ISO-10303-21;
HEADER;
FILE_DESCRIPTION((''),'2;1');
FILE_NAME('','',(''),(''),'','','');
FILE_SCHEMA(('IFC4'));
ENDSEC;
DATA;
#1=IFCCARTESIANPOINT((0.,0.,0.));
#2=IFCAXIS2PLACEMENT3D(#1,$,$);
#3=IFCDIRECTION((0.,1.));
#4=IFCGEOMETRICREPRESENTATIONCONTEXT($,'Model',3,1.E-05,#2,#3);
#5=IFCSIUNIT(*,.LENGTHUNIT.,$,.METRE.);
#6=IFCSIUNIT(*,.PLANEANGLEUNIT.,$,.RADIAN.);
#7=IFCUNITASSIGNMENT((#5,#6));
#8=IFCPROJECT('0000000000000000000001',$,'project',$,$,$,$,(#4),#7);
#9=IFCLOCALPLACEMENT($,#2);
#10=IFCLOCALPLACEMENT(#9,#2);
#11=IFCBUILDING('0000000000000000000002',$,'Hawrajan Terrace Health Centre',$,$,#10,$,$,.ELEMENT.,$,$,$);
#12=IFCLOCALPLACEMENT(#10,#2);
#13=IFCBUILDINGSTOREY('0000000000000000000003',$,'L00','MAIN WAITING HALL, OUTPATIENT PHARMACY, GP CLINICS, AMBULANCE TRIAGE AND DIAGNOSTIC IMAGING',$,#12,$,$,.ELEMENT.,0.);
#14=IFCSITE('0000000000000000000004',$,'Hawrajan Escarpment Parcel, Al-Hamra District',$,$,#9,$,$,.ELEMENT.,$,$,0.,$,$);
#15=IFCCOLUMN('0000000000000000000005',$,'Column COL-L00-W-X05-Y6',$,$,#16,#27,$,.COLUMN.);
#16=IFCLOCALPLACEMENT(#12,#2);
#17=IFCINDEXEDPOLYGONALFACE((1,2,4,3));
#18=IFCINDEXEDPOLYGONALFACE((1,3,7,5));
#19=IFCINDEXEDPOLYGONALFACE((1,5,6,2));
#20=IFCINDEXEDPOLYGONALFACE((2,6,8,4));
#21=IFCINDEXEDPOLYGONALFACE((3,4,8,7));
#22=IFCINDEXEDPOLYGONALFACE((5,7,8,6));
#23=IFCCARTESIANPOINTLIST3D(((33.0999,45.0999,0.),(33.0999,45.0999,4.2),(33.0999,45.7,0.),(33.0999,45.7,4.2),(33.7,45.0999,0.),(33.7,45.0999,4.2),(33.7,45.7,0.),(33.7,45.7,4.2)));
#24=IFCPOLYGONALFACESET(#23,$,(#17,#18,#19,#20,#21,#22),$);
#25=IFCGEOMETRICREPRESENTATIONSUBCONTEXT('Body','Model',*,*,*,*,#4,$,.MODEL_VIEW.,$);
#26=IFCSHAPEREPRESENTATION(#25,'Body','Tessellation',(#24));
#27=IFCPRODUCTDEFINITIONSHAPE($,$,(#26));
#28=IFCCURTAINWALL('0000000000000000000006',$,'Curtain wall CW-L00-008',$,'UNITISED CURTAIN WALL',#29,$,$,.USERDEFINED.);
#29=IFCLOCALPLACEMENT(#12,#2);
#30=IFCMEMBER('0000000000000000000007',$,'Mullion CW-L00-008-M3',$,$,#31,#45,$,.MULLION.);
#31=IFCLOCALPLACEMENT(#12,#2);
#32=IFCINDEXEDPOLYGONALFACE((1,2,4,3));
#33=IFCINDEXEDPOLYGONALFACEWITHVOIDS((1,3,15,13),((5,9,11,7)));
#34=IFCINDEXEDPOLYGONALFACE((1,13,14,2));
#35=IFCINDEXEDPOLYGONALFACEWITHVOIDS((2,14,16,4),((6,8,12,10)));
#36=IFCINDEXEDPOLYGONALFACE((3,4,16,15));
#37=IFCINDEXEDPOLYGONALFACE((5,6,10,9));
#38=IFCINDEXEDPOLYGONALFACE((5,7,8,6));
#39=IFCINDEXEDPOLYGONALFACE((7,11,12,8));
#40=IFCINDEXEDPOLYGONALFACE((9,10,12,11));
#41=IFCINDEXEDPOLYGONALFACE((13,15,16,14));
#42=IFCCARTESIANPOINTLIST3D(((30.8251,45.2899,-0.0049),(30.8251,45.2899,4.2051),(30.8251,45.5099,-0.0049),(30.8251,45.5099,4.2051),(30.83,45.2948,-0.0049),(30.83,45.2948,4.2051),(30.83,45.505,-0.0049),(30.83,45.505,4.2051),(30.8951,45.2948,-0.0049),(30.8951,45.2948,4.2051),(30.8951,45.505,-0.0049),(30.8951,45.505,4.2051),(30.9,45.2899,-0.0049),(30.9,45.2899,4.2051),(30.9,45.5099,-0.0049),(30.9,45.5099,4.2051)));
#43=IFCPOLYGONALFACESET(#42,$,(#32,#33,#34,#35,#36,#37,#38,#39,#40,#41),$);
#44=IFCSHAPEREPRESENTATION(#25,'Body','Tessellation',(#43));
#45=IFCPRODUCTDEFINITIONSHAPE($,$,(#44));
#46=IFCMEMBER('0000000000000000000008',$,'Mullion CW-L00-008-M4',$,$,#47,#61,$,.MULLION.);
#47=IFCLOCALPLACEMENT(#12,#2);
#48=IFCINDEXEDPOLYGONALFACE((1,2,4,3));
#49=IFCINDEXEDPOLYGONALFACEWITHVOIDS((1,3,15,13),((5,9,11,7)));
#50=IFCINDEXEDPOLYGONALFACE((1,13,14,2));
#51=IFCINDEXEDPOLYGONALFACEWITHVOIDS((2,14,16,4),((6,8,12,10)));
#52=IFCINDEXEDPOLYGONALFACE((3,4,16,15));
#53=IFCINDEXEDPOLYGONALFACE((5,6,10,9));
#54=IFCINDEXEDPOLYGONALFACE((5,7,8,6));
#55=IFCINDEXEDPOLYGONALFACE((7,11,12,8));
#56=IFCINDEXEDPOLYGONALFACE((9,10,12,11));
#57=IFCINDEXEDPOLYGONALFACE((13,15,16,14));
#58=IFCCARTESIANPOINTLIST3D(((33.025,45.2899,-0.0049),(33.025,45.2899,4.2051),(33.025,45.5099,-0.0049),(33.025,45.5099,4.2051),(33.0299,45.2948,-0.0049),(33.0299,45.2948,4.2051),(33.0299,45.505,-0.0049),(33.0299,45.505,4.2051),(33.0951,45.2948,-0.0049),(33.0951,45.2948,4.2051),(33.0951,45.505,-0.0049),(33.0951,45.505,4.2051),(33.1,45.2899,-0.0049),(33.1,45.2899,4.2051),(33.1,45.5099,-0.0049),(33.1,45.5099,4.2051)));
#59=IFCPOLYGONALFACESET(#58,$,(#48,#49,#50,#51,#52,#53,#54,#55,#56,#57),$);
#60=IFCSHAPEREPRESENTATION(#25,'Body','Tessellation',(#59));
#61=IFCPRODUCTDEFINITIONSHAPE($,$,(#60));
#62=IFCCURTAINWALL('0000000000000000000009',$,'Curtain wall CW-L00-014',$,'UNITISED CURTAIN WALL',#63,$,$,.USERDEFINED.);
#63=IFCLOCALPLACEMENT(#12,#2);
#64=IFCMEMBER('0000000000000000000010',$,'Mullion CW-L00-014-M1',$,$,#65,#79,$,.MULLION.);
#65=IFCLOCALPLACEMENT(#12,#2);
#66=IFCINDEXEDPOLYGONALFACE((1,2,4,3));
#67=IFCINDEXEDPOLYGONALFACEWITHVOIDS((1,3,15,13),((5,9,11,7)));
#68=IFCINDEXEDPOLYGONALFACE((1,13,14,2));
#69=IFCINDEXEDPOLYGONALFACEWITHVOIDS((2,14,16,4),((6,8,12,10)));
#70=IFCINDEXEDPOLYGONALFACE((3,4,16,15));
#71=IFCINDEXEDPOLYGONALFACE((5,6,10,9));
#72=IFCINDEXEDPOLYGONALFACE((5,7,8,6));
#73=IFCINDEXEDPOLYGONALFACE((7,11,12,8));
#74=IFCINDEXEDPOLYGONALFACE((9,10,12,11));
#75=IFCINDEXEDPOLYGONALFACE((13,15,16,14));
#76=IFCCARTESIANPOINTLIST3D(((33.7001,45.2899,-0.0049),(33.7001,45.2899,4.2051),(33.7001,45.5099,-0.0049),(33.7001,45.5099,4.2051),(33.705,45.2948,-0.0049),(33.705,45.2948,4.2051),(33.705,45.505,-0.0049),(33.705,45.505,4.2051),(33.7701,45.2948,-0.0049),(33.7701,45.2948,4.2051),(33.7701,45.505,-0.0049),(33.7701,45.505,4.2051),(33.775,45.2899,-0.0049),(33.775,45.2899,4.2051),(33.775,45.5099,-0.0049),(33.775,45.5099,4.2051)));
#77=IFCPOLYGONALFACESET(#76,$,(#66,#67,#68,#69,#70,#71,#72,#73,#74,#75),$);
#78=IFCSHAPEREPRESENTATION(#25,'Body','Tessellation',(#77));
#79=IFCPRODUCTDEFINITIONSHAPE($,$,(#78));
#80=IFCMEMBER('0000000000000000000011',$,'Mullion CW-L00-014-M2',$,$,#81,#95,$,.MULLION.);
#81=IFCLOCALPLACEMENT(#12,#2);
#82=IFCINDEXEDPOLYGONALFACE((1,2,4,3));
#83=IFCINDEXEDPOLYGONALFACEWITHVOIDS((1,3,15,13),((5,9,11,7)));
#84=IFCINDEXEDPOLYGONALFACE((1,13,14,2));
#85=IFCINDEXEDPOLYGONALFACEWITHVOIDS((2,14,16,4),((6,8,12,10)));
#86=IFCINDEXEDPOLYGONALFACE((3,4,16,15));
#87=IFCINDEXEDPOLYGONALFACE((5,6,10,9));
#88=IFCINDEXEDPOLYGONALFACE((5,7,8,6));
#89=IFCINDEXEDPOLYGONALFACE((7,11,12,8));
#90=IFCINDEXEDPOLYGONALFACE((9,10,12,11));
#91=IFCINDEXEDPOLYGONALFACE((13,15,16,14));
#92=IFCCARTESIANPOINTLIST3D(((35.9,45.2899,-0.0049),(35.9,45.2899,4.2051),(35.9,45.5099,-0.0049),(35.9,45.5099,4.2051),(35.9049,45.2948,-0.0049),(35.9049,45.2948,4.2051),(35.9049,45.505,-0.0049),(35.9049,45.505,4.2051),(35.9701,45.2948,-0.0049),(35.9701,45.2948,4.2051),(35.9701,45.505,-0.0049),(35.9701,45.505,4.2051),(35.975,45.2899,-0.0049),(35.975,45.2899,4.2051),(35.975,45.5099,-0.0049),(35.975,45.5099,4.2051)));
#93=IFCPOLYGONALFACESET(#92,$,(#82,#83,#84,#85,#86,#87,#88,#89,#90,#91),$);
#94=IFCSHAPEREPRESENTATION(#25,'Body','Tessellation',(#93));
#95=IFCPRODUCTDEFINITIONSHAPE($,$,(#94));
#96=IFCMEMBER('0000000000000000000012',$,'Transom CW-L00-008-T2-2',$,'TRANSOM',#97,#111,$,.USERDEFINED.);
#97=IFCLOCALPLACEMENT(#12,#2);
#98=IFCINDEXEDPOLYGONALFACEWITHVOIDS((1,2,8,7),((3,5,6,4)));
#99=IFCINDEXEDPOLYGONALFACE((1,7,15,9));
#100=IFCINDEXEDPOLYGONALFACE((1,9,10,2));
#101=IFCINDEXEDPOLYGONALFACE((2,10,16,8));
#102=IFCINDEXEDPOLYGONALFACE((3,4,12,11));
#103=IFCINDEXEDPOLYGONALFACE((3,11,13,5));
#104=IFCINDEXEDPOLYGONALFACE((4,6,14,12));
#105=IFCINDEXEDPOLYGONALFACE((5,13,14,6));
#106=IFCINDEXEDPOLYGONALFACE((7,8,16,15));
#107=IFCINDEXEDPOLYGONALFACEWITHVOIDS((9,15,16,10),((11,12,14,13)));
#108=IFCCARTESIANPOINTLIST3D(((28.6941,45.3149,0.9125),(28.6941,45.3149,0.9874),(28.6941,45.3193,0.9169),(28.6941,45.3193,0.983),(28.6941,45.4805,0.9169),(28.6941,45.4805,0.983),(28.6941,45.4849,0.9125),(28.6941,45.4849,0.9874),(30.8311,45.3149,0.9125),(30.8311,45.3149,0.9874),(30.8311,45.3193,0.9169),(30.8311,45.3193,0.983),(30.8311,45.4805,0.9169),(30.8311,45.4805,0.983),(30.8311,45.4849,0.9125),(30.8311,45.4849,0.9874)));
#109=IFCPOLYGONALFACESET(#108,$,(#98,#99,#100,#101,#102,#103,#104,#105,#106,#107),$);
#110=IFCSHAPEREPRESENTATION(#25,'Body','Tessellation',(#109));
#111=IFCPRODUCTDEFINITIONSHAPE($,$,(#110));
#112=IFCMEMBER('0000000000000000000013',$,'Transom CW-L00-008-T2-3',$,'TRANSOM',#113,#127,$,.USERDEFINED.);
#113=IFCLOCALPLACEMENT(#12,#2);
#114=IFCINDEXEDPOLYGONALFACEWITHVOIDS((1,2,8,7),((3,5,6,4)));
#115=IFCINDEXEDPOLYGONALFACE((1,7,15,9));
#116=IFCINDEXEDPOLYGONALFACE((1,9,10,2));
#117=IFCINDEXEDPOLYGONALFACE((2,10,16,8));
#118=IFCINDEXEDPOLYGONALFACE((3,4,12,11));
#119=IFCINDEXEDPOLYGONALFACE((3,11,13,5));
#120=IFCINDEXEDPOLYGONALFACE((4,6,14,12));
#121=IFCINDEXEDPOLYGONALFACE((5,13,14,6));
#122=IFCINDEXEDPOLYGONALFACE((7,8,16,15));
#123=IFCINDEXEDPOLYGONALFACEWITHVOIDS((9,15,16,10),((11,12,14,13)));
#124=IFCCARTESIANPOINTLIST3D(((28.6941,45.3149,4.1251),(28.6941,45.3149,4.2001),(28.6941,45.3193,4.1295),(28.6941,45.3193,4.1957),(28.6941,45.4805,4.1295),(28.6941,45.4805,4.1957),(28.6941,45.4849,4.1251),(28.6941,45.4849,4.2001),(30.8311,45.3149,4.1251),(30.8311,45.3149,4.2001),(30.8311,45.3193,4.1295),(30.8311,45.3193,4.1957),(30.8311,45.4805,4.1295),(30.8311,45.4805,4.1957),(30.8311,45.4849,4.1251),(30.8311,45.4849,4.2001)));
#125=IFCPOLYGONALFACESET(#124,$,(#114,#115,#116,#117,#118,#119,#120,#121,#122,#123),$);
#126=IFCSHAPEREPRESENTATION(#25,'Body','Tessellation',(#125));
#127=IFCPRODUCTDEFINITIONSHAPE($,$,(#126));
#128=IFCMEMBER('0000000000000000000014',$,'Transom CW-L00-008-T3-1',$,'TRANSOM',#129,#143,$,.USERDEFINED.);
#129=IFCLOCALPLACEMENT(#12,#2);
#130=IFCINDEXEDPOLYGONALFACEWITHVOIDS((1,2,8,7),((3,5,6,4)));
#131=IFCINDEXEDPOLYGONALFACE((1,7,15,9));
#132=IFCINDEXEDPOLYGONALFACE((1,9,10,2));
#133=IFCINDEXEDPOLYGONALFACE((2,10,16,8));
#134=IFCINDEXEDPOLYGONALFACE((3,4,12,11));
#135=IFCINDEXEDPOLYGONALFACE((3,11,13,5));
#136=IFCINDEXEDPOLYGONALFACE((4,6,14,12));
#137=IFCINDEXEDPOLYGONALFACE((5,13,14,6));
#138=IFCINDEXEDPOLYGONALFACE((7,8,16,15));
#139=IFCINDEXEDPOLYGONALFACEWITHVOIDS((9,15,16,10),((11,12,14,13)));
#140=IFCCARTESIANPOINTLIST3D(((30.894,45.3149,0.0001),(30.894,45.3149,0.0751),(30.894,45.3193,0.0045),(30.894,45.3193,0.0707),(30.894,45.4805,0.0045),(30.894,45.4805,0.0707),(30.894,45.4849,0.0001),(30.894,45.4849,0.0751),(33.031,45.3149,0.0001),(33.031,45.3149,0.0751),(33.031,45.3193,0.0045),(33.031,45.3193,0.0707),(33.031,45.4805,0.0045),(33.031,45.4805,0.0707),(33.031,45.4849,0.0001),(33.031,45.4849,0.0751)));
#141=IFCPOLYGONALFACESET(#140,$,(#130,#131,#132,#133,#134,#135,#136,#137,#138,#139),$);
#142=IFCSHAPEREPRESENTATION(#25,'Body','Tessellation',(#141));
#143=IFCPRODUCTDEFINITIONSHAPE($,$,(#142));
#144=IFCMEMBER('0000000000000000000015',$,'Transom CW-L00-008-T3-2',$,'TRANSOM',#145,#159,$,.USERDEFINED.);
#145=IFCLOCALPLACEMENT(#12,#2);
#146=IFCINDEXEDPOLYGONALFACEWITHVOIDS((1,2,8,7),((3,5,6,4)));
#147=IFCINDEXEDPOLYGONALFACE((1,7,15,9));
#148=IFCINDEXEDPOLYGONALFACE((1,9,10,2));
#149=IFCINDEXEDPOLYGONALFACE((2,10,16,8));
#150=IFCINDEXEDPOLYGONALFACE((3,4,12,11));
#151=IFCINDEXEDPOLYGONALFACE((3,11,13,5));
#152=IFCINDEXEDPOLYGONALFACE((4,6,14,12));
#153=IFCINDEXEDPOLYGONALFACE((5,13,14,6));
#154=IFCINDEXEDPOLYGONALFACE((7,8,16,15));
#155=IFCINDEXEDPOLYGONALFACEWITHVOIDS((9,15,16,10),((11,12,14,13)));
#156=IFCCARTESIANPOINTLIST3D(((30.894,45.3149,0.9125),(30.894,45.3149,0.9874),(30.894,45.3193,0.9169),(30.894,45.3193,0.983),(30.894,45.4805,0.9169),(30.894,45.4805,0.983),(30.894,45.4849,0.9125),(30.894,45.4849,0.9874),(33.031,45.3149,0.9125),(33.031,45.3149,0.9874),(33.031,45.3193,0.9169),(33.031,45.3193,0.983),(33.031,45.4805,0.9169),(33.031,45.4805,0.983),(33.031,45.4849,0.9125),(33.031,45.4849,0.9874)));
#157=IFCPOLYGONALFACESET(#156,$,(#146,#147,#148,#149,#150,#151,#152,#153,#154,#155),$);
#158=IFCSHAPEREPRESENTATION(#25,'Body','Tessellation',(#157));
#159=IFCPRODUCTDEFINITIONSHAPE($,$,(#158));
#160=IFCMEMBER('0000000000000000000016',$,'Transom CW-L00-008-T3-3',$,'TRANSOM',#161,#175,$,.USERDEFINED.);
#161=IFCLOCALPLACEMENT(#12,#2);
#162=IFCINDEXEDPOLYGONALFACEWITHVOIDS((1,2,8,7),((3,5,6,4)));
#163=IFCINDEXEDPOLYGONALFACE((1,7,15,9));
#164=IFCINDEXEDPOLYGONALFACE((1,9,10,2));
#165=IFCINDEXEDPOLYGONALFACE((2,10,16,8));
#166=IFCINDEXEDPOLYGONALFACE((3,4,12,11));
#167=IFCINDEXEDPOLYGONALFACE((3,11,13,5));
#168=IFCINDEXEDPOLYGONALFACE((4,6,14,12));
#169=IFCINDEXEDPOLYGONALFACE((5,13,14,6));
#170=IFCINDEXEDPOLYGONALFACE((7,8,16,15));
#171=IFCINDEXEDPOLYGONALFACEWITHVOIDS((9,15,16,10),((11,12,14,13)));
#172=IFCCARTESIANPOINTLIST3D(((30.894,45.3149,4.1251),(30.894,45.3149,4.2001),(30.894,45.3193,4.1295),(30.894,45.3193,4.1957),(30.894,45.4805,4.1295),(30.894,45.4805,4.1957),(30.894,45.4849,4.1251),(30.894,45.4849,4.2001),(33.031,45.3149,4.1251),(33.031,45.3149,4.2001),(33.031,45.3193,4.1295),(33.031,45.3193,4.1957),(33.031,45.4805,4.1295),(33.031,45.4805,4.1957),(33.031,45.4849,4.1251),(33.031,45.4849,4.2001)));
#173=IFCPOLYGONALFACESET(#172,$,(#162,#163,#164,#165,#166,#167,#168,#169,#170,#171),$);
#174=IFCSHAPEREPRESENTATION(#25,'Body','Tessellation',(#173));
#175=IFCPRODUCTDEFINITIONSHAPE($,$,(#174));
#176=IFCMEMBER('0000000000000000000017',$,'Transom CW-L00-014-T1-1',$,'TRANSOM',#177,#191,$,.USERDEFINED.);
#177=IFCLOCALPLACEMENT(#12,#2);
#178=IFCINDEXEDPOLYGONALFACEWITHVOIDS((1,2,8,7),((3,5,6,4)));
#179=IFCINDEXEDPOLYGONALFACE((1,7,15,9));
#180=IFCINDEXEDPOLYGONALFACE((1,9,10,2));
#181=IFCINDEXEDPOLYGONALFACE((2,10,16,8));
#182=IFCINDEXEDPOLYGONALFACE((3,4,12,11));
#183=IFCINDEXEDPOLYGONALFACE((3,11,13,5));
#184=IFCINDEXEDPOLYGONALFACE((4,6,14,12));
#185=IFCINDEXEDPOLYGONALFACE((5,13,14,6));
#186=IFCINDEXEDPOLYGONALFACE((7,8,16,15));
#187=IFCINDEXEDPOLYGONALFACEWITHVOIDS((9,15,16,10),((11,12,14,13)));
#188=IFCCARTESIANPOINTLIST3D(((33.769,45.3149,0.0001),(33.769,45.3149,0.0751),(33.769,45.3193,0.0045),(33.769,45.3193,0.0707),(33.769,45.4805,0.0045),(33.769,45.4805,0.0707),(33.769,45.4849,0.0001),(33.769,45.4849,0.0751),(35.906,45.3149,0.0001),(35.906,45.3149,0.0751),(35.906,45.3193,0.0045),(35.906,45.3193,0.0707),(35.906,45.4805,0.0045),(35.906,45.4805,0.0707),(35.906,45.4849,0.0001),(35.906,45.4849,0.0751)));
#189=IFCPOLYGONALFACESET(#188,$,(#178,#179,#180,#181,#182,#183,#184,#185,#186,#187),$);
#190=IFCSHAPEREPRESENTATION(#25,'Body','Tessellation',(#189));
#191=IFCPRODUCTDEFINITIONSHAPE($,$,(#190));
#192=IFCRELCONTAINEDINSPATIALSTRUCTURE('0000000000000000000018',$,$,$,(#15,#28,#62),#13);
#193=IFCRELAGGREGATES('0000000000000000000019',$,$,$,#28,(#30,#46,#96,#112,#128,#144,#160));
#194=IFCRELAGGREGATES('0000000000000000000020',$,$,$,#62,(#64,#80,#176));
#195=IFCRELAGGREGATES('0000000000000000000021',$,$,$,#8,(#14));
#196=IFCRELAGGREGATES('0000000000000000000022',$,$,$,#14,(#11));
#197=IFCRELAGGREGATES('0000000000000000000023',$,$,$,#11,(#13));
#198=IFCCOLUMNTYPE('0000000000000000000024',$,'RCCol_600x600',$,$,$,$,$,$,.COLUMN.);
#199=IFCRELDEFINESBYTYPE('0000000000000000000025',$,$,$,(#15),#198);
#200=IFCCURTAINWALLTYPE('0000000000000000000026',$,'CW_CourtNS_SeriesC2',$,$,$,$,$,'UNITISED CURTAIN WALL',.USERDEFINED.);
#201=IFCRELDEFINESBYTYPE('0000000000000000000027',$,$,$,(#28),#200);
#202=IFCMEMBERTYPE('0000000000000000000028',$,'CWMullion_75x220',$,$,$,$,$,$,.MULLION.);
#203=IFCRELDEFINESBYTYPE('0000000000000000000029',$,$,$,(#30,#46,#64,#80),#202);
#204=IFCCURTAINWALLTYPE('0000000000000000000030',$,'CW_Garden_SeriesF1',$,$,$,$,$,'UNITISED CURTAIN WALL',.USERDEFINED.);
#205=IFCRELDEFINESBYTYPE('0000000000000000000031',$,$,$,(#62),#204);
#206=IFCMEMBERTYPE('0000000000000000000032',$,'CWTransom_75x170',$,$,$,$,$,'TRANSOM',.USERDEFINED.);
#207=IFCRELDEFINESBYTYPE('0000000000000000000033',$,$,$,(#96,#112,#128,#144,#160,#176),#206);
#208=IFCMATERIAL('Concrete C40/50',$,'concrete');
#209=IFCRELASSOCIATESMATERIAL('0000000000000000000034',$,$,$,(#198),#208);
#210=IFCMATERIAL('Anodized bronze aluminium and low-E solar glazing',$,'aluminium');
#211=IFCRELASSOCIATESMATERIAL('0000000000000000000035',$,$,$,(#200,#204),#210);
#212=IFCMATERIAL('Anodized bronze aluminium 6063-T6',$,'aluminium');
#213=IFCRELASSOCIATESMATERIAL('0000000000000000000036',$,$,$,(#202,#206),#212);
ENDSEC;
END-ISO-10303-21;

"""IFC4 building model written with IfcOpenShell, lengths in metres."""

from ifc_helpers import new_model, si_unit, direction, frame, origin, origin_2d, place, context, subcontext, project, spatial, rectangle, hollow_rectangle, extrude, material, material_profile, profile_set, type_object, element, aggregate, save


model = new_model("IFC4")

# Units and contexts
model_context = context("Model", 3, precision=1e-05, world=origin(), true_north=direction((0.0, 1.0)))
body_context = subcontext(model_context, "Body", "Model", "MODEL_VIEW")
ifc_project = project(units=[si_unit("LENGTHUNIT", "METRE"), si_unit("PLANEANGLEUNIT", "RADIAN")], contexts=[model_context])

# Site, building, storey
site_placement = place(None, origin())
site = spatial("IfcSite", under=ifc_project, at=site_placement, Name="Hawrajan Escarpment Parcel, Al-Hamra District", CompositionType="ELEMENT", RefElevation=0.0)
building_placement = place(site_placement, origin())
building = spatial("IfcBuilding", under=site, at=building_placement, Name="Hawrajan Terrace Health Centre", CompositionType="ELEMENT")
storey_placement = place(building_placement, origin())
storey = spatial("IfcBuildingStorey", under=building, at=storey_placement, Name="L00", Description="MAIN WAITING HALL, OUTPATIENT PHARMACY, GP CLINICS, AMBULANCE TRIAGE AND DIAGNOSTIC IMAGING", CompositionType="ELEMENT", Elevation=0.0)

# Column
ifc_material_1 = material(Name="Concrete C40/50", Category="concrete")
ifc_material_profile_1 = material_profile(ifc_material_1, rectangle(XDim=0.6001, YDim=0.6001, at=origin_2d()), Name="RC 600x600")
ifc_profile_set_1 = profile_set([ifc_material_profile_1], Name="Concrete C40/50")
column_type = type_object("IfcColumnType", Name="RCCol_600x600", PredefinedType="COLUMN", material=ifc_profile_set_1)
column_placement = place(storey_placement, frame((33.3999, 45.3999, 0.0), z_axis=(0.0, 0.0, 1.0), x_axis=(1.0, 0.0, 0.0)))
element("IfcColumn", 1, at=column_placement, inside=storey, type_object=column_type, Name="Column COL-L00-W-X05-Y6", PredefinedType="COLUMN", context=body_context, shape_type="SweptSolid", body=[
    extrude(rectangle(XDim=0.6001, YDim=0.6001, at=origin_2d()), origin(), (0.0, 0.0, 1.0), 4.2),
])

# Curtain walls, members
ifc_material_2 = material(Name="Anodized bronze aluminium and low-E solar glazing", Category="aluminium")
curtain_wall_type_1 = type_object("IfcCurtainWallType", Name="CW_CourtNS_SeriesC2", ElementType="UNITISED CURTAIN WALL", PredefinedType="USERDEFINED", material=ifc_material_2)
curtain_wall_1_placement = place(storey_placement, origin())
curtain_wall_1 = element("IfcCurtainWall", 2, at=curtain_wall_1_placement, inside=storey, type_object=curtain_wall_type_1, Name="Curtain wall CW-L00-008", ObjectType="UNITISED CURTAIN WALL", PredefinedType="USERDEFINED")
ifc_material_3 = material(Name="Anodized bronze aluminium 6063-T6", Category="aluminium")
ifc_material_profile_2 = material_profile(ifc_material_3, hollow_rectangle(XDim=0.075, YDim=0.22, WallThickness=0.0049, at=origin_2d()), Name="CW MUL 75x220")
ifc_profile_set_2 = profile_set([ifc_material_profile_2], Name="Anodized bronze aluminium 6063-T6")
member_type_1 = type_object("IfcMemberType", Name="CWMullion_75x220", PredefinedType="MULLION", material=ifc_profile_set_2)
member_1_placement = place(storey_placement, frame((30.8625, 45.3999, -0.0049), z_axis=(0.0, 0.0, 1.0), x_axis=(1.0, 0.0, 0.0)))
member_1 = element("IfcMember", 3, at=member_1_placement, type_object=member_type_1, Name="Mullion CW-L00-008-M3", PredefinedType="MULLION", context=body_context, shape_type="SweptSolid", body=[
    extrude(hollow_rectangle(XDim=0.075, YDim=0.22, WallThickness=0.0049, at=origin_2d()), origin(), (0.0, 0.0, 1.0), 4.21),
])
member_2_placement = place(storey_placement, frame((33.0625, 45.3999, -0.0049), z_axis=(0.0, 0.0, 1.0), x_axis=(1.0, 0.0, 0.0)))
member_2 = element("IfcMember", 4, at=member_2_placement, type_object=member_type_1, Name="Mullion CW-L00-008-M4", PredefinedType="MULLION", context=body_context, shape_type="SweptSolid", body=[
    extrude(hollow_rectangle(XDim=0.075, YDim=0.22, WallThickness=0.0049, at=origin_2d()), origin(), (0.0, 0.0, 1.0), 4.21),
])
curtain_wall_type_2 = type_object("IfcCurtainWallType", Name="CW_Garden_SeriesF1", ElementType="UNITISED CURTAIN WALL", PredefinedType="USERDEFINED", material=ifc_material_2)
curtain_wall_2_placement = place(storey_placement, origin())
curtain_wall_2 = element("IfcCurtainWall", 5, at=curtain_wall_2_placement, inside=storey, type_object=curtain_wall_type_2, Name="Curtain wall CW-L00-014", ObjectType="UNITISED CURTAIN WALL", PredefinedType="USERDEFINED")
member_3_placement = place(storey_placement, frame((33.7375, 45.3999, -0.0049), z_axis=(0.0, 0.0, 1.0), x_axis=(1.0, 0.0, 0.0)))
member_3 = element("IfcMember", 6, at=member_3_placement, type_object=member_type_1, Name="Mullion CW-L00-014-M1", PredefinedType="MULLION", context=body_context, shape_type="SweptSolid", body=[
    extrude(hollow_rectangle(XDim=0.075, YDim=0.22, WallThickness=0.0049, at=origin_2d()), origin(), (0.0, 0.0, 1.0), 4.21),
])
member_4_placement = place(storey_placement, frame((35.9375, 45.3999, -0.0049), z_axis=(0.0, 0.0, 1.0), x_axis=(1.0, 0.0, 0.0)))
member_4 = element("IfcMember", 7, at=member_4_placement, type_object=member_type_1, Name="Mullion CW-L00-014-M2", PredefinedType="MULLION", context=body_context, shape_type="SweptSolid", body=[
    extrude(hollow_rectangle(XDim=0.075, YDim=0.22, WallThickness=0.0049, at=origin_2d()), origin(), (0.0, 0.0, 1.0), 4.21),
])

# Members
ifc_material_profile_3 = material_profile(ifc_material_3, hollow_rectangle(XDim=0.075, YDim=0.1699, WallThickness=0.0044, at=origin_2d()), Name="CW TRN 75x170")
ifc_profile_set_3 = profile_set([ifc_material_profile_3], Name="Anodized bronze aluminium 6063-T6")
member_type_2 = type_object("IfcMemberType", Name="CWTransom_75x170", ElementType="TRANSOM", PredefinedType="USERDEFINED", material=ifc_profile_set_3)
member_5_placement = place(storey_placement, frame((28.6941, 45.3999, 0.95), z_axis=(1.0, 0.0, 0.0), x_axis=(0.0, 0.0, 1.0)))
member_5 = element("IfcMember", 8, at=member_5_placement, type_object=member_type_2, Name="Transom CW-L00-008-T2-2", ObjectType="TRANSOM", PredefinedType="USERDEFINED", context=body_context, shape_type="SweptSolid", body=[
    extrude(hollow_rectangle(XDim=0.075, YDim=0.1699, WallThickness=0.0044, at=origin_2d()), origin(), (0.0, 0.0, 1.0), 2.137),
])
member_6_placement = place(storey_placement, frame((28.6941, 45.3999, 4.1626), z_axis=(1.0, 0.0, 0.0), x_axis=(0.0, 0.0, 1.0)))
member_6 = element("IfcMember", 9, at=member_6_placement, type_object=member_type_2, Name="Transom CW-L00-008-T2-3", ObjectType="TRANSOM", PredefinedType="USERDEFINED", context=body_context, shape_type="SweptSolid", body=[
    extrude(hollow_rectangle(XDim=0.075, YDim=0.1699, WallThickness=0.0044, at=origin_2d()), origin(), (0.0, 0.0, 1.0), 2.137),
])
member_7_placement = place(storey_placement, frame((30.894, 45.3999, 0.0376), z_axis=(1.0, 0.0, 0.0), x_axis=(0.0, 0.0, 1.0)))
member_7 = element("IfcMember", 10, at=member_7_placement, type_object=member_type_2, Name="Transom CW-L00-008-T3-1", ObjectType="TRANSOM", PredefinedType="USERDEFINED", context=body_context, shape_type="SweptSolid", body=[
    extrude(hollow_rectangle(XDim=0.075, YDim=0.1699, WallThickness=0.0044, at=origin_2d()), origin(), (0.0, 0.0, 1.0), 2.137),
])
member_8_placement = place(storey_placement, frame((30.894, 45.3999, 0.95), z_axis=(1.0, 0.0, 0.0), x_axis=(0.0, 0.0, 1.0)))
member_8 = element("IfcMember", 11, at=member_8_placement, type_object=member_type_2, Name="Transom CW-L00-008-T3-2", ObjectType="TRANSOM", PredefinedType="USERDEFINED", context=body_context, shape_type="SweptSolid", body=[
    extrude(hollow_rectangle(XDim=0.075, YDim=0.1699, WallThickness=0.0044, at=origin_2d()), origin(), (0.0, 0.0, 1.0), 2.137),
])
member_9_placement = place(storey_placement, frame((30.894, 45.3999, 4.1626), z_axis=(1.0, 0.0, 0.0), x_axis=(0.0, 0.0, 1.0)))
member_9 = element("IfcMember", 12, at=member_9_placement, type_object=member_type_2, Name="Transom CW-L00-008-T3-3", ObjectType="TRANSOM", PredefinedType="USERDEFINED", context=body_context, shape_type="SweptSolid", body=[
    extrude(hollow_rectangle(XDim=0.075, YDim=0.1699, WallThickness=0.0044, at=origin_2d()), origin(), (0.0, 0.0, 1.0), 2.137),
])
member_10_placement = place(storey_placement, frame((33.769, 45.3999, 0.0376), z_axis=(1.0, 0.0, 0.0), x_axis=(0.0, 0.0, 1.0)))
member_10 = element("IfcMember", 13, at=member_10_placement, type_object=member_type_2, Name="Transom CW-L00-014-T1-1", ObjectType="TRANSOM", PredefinedType="USERDEFINED", context=body_context, shape_type="SweptSolid", body=[
    extrude(hollow_rectangle(XDim=0.075, YDim=0.1699, WallThickness=0.0044, at=origin_2d()), origin(), (0.0, 0.0, 1.0), 2.137),
])

aggregate(curtain_wall_1, [member_1, member_2, member_5, member_6, member_7, member_8, member_9])
aggregate(curtain_wall_2, [member_3, member_4, member_10])

save(model, "model.ifc")
